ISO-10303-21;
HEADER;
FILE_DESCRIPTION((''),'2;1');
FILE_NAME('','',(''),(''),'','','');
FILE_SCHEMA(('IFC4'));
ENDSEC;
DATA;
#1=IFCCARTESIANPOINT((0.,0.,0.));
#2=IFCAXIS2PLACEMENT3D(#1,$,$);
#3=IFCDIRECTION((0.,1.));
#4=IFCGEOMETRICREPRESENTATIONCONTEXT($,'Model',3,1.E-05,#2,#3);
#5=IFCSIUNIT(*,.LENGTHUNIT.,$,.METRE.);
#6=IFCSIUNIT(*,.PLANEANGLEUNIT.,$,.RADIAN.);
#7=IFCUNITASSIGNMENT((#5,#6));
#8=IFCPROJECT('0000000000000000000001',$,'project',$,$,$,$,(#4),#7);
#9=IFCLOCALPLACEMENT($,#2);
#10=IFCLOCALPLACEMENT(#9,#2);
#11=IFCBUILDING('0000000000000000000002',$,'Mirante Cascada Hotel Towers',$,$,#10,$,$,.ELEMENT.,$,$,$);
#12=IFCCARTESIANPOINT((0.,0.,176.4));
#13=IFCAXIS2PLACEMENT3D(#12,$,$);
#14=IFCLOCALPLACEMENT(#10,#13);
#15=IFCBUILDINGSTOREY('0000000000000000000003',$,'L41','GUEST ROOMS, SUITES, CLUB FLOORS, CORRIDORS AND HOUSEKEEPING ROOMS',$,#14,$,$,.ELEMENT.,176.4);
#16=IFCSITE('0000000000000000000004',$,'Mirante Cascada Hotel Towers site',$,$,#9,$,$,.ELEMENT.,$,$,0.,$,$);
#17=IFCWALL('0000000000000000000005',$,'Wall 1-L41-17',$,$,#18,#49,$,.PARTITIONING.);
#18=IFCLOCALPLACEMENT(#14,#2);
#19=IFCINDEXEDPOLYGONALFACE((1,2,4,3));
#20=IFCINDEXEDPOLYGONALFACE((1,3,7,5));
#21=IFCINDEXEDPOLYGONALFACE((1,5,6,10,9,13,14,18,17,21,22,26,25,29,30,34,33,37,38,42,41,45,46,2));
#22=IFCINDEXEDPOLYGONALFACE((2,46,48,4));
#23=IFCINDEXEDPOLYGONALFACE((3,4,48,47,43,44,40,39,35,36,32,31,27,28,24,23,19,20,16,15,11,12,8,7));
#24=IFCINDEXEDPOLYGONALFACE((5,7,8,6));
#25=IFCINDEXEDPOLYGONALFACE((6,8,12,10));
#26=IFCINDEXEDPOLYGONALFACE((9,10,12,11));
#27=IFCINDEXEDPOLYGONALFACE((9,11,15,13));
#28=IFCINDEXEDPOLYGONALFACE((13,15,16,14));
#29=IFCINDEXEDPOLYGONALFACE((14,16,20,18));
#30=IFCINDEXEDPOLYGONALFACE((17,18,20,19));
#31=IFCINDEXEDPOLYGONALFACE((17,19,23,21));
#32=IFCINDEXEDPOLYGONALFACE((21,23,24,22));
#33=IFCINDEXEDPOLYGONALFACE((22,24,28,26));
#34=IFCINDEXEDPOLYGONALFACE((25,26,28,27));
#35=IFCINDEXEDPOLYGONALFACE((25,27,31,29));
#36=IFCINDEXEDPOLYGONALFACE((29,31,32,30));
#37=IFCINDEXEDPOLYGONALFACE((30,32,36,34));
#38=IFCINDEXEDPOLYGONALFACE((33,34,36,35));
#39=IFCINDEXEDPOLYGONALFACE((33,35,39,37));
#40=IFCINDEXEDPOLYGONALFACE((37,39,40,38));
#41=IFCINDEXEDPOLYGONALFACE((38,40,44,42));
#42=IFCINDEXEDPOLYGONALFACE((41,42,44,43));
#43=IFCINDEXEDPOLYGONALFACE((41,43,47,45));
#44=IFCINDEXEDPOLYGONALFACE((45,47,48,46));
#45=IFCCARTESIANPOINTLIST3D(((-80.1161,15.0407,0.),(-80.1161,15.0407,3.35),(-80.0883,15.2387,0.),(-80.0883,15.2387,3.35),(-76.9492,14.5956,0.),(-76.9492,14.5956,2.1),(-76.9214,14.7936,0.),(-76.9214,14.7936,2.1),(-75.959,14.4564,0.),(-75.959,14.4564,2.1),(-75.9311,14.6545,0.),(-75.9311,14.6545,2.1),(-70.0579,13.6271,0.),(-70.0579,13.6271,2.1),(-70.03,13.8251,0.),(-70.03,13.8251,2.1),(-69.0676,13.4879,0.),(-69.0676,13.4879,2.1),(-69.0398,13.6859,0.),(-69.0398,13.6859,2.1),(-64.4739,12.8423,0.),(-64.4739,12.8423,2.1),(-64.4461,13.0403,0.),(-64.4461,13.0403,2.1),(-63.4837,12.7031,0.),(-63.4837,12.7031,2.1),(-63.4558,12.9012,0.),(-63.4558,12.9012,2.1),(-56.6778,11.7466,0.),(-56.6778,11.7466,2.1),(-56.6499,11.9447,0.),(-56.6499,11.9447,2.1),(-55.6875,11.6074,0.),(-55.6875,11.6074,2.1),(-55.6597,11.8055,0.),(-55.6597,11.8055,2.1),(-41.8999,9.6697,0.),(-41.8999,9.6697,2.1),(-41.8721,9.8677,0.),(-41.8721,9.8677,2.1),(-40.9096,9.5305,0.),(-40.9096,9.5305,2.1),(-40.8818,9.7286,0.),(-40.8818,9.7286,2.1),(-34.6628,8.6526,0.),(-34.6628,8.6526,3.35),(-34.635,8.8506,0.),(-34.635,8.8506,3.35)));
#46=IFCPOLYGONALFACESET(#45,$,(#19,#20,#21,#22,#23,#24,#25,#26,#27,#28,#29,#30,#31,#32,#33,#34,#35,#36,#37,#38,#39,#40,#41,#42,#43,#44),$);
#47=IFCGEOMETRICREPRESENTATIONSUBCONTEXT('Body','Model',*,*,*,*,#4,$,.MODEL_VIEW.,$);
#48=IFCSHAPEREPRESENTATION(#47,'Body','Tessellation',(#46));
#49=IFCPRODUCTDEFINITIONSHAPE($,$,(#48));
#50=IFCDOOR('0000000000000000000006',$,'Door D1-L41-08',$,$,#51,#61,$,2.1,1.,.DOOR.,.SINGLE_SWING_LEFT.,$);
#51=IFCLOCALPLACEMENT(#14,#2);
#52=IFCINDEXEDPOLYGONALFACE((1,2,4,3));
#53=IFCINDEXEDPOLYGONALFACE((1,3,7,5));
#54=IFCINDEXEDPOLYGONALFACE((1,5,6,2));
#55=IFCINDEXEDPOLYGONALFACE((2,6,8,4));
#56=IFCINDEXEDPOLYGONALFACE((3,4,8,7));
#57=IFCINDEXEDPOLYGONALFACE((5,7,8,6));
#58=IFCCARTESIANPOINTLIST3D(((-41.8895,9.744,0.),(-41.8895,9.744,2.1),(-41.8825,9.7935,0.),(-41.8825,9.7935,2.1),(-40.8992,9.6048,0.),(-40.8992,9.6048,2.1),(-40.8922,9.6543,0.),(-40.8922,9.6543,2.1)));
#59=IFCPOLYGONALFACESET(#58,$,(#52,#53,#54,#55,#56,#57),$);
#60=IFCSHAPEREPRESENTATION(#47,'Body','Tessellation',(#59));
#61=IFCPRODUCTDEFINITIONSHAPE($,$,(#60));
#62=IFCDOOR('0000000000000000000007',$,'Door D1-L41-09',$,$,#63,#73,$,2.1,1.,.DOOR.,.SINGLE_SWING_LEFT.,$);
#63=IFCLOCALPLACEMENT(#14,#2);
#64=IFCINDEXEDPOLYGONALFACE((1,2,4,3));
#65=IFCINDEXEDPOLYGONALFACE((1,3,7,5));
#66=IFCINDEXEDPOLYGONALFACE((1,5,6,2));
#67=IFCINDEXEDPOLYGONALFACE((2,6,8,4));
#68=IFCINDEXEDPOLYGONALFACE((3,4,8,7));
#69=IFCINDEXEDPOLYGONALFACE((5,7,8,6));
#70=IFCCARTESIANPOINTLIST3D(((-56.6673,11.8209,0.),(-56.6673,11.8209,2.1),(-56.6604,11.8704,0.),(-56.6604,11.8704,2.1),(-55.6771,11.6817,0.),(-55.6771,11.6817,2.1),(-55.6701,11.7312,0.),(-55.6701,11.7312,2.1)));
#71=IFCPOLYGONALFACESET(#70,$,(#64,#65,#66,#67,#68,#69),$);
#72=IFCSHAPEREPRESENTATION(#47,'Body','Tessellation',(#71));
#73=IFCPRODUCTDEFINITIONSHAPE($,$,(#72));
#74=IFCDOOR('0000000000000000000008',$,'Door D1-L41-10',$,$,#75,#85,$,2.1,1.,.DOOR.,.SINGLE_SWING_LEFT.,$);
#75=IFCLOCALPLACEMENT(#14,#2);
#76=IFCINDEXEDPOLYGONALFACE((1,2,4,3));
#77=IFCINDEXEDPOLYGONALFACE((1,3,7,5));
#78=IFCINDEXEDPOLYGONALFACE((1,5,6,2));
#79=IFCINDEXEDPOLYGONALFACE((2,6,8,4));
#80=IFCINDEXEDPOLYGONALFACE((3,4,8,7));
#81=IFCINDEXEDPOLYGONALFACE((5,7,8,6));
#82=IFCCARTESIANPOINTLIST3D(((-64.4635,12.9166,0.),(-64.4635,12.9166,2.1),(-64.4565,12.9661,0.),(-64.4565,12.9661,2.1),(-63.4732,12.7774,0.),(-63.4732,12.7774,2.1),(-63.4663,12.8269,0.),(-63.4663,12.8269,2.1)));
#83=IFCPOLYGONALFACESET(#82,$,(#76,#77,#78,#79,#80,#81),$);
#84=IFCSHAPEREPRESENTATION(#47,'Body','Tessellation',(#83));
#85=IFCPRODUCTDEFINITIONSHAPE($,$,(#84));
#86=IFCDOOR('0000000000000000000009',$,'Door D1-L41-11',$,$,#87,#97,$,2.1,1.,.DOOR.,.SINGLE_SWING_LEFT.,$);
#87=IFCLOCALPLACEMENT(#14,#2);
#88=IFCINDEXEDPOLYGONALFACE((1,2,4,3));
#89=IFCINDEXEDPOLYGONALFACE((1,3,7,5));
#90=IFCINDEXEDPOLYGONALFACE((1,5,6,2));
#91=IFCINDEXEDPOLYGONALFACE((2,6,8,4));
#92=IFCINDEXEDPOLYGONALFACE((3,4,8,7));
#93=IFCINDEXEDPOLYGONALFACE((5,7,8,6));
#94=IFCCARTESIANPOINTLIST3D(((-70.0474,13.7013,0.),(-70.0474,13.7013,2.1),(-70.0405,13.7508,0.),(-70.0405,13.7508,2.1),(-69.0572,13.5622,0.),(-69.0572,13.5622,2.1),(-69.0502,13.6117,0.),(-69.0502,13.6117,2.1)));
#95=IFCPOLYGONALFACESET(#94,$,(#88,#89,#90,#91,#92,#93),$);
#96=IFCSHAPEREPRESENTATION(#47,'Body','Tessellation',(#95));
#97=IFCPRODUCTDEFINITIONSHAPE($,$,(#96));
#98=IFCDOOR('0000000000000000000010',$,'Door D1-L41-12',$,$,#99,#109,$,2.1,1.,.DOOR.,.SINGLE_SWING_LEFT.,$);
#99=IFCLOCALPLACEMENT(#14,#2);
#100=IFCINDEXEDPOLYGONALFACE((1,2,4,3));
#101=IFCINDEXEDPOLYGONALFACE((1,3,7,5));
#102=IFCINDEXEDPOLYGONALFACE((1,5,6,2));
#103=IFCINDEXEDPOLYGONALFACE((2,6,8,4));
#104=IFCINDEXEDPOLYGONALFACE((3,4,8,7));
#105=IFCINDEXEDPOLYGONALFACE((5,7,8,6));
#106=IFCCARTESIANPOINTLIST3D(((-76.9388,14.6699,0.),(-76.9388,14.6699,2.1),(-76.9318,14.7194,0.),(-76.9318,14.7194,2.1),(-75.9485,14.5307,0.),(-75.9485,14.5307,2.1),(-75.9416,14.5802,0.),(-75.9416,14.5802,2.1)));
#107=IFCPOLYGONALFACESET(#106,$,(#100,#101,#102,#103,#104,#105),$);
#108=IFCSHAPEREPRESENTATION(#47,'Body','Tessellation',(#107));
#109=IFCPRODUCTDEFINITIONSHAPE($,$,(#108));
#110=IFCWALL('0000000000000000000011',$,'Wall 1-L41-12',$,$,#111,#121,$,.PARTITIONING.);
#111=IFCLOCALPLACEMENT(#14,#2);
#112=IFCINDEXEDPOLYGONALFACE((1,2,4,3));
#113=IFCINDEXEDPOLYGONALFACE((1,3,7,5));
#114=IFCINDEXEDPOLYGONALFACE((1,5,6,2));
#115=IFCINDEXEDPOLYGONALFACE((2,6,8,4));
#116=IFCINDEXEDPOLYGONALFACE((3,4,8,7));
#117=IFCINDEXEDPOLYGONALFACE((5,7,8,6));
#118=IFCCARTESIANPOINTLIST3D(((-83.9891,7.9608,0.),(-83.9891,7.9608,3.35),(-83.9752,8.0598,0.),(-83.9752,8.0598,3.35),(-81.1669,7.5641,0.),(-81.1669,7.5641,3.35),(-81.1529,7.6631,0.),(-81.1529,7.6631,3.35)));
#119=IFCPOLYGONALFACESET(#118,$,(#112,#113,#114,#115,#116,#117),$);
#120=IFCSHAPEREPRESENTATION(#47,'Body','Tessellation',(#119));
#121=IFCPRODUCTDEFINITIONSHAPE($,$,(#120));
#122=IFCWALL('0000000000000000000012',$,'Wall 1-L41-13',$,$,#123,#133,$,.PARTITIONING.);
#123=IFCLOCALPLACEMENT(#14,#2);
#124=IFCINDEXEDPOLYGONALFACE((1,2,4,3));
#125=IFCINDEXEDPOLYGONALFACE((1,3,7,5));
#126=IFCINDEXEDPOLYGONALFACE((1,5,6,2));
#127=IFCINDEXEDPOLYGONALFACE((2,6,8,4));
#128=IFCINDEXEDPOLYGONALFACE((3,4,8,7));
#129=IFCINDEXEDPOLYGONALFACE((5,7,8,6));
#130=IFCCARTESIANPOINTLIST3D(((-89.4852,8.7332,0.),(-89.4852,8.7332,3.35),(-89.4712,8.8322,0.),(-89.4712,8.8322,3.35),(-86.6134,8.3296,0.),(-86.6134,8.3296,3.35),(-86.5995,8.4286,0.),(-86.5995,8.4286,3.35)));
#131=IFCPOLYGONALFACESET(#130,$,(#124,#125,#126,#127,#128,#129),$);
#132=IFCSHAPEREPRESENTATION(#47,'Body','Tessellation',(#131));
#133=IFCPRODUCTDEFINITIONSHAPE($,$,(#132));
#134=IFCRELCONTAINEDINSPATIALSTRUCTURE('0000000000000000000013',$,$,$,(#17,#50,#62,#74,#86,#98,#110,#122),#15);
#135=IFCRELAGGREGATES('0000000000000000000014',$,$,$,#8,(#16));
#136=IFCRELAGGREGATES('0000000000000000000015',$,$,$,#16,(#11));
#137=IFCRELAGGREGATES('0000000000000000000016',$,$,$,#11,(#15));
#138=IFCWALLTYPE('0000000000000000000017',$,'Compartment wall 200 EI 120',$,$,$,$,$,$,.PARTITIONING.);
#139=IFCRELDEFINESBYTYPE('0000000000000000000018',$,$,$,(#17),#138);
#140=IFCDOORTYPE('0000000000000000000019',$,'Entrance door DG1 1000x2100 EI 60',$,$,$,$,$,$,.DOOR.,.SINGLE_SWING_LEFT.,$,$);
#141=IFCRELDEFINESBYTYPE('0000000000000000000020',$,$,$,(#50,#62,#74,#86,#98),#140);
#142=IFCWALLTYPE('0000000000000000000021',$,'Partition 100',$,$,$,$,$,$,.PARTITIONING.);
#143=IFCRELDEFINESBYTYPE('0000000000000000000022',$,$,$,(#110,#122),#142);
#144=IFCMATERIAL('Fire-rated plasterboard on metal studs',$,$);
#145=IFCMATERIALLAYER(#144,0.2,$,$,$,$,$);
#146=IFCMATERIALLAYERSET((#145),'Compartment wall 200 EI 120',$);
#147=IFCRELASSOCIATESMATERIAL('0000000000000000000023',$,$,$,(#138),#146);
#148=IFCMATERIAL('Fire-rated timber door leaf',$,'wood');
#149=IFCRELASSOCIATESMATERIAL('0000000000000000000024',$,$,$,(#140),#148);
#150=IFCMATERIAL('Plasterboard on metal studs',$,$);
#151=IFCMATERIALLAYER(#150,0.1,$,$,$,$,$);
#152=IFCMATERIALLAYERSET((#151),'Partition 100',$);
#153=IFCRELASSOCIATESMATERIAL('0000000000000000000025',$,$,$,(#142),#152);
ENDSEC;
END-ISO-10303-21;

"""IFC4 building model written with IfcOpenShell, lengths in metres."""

from ifc_helpers import new_model, si_unit, direction, frame, frame_2d, origin, place, context, subcontext, project, spatial, rectangle, extrude, material, layer, layer_set, type_object, element, fill, save


model = new_model("IFC4")

# Units and contexts
model_context = context("Model", 3, precision=1e-05, world=origin(), true_north=direction((0.0, 1.0)))
body_context = subcontext(model_context, "Body", "Model", "MODEL_VIEW")
ifc_project = project(units=[si_unit("LENGTHUNIT", "METRE"), si_unit("PLANEANGLEUNIT", "RADIAN")], contexts=[model_context])

# Site, building, storey
site_placement = place(None, origin())
site = spatial("IfcSite", under=ifc_project, at=site_placement, Name="Mirante Cascada Hotel Towers site", CompositionType="ELEMENT", RefElevation=0.0)
building_placement = place(site_placement, origin())
building = spatial("IfcBuilding", under=site, at=building_placement, Name="Mirante Cascada Hotel Towers", CompositionType="ELEMENT")
storey_placement = place(building_placement, frame((0.0, 0.0, 176.4)))
storey = spatial("IfcBuildingStorey", under=building, at=storey_placement, Name="L41", Description="GUEST ROOMS, SUITES, CLUB FLOORS, CORRIDORS AND HOUSEKEEPING ROOMS", CompositionType="ELEMENT", Elevation=176.4)

# Wall, openings, doors
ifc_material_1 = material(Name="Fire-rated plasterboard on metal studs")
ifc_layer_1 = layer(ifc_material_1, 0.2)
ifc_layer_set_1 = layer_set([ifc_layer_1], Name="Compartment wall 200 EI 120")
wall_type_1 = type_object("IfcWallType", Name="Compartment wall 200 EI 120", PredefinedType="PARTITIONING", material=ifc_layer_set_1)
wall_1_placement = place(storey_placement, frame((-80.1022, 15.1397, 0.0), z_axis=(0.0, 0.0, 1.0), x_axis=(0.990268, -0.139174, 0.0)))
wall_1 = element("IfcWall", 1, at=wall_1_placement, inside=storey, type_object=wall_type_1, Name="Wall 1-L41-17", PredefinedType="PARTITIONING", context=body_context, shape_type="SweptSolid", body=[
    extrude(rectangle(XDim=45.9, YDim=0.2, at=frame_2d((22.95, 0.0))), origin(), (0.0, 0.0, 1.0), 3.35),
])
opening_1_placement = place(wall_1_placement, frame((38.5918, 0.0, 0.0)))
opening_1 = element("IfcOpeningElement", 2, at=opening_1_placement, cuts=wall_1, PredefinedType="OPENING", context=body_context, shape_type="SweptSolid", body=[
    extrude(rectangle(XDim=1.0, YDim=2.1, at=frame_2d((0.5, 1.05))), frame((0.0, 0.1, 0.0), z_axis=(0.0, -1.0, 0.0), x_axis=(1.0, 0.0, 0.0)), (0.0, 0.0, 1.0), 0.2),
])
opening_2_placement = place(wall_1_placement, frame((23.6687, 0.0, 0.0)))
opening_2 = element("IfcOpeningElement", 3, at=opening_2_placement, cuts=wall_1, PredefinedType="OPENING", context=body_context, shape_type="SweptSolid", body=[
    extrude(rectangle(XDim=1.0, YDim=2.1, at=frame_2d((0.5, 1.05))), frame((0.0, 0.1, 0.0), z_axis=(0.0, -1.0, 0.0), x_axis=(1.0, 0.0, 0.0)), (0.0, 0.0, 1.0), 0.2),
])
opening_3_placement = place(wall_1_placement, frame((15.7959, 0.0, 0.0)))
opening_3 = element("IfcOpeningElement", 4, at=opening_3_placement, cuts=wall_1, PredefinedType="OPENING", context=body_context, shape_type="SweptSolid", body=[
    extrude(rectangle(XDim=1.0, YDim=2.1, at=frame_2d((0.5, 1.05))), frame((0.0, 0.1, 0.0), z_axis=(0.0, -1.0, 0.0), x_axis=(1.0, 0.0, 0.0)), (0.0, 0.0, 1.0), 0.2),
])
opening_4_placement = place(wall_1_placement, frame((10.1571, 0.0, 0.0)))
opening_4 = element("IfcOpeningElement", 5, at=opening_4_placement, cuts=wall_1, PredefinedType="OPENING", context=body_context, shape_type="SweptSolid", body=[
    extrude(rectangle(XDim=1.0, YDim=2.1, at=frame_2d((0.5, 1.05))), frame((0.0, 0.1, 0.0), z_axis=(0.0, -1.0, 0.0), x_axis=(1.0, 0.0, 0.0)), (0.0, 0.0, 1.0), 0.2),
])
opening_5_placement = place(wall_1_placement, frame((3.198, 0.0, 0.0)))
opening_5 = element("IfcOpeningElement", 6, at=opening_5_placement, cuts=wall_1, PredefinedType="OPENING", context=body_context, shape_type="SweptSolid", body=[
    extrude(rectangle(XDim=1.0, YDim=2.1, at=frame_2d((0.5, 1.05))), frame((0.0, 0.1, 0.0), z_axis=(0.0, -1.0, 0.0), x_axis=(1.0, 0.0, 0.0)), (0.0, 0.0, 1.0), 0.2),
])
ifc_material_2 = material(Name="Fire-rated timber door leaf", Category="wood")
door_type_1 = type_object("IfcDoorType", Name="Entrance door DG1 1000x2100 EI 60", OperationType="SINGLE_SWING_LEFT", PredefinedType="DOOR", material=ifc_material_2)
door_1_placement = place(opening_1_placement, origin())
door_1 = element("IfcDoor", 7, at=door_1_placement, inside=storey, type_object=door_type_1, Name="Door D1-L41-08", OperationType="SINGLE_SWING_LEFT", OverallHeight=2.1, OverallWidth=1.0, PredefinedType="DOOR", context=body_context, shape_type="SweptSolid", body=[
    extrude(rectangle(XDim=1.0, YDim=2.1, at=frame_2d((0.5, 1.05))), frame((0.0, 0.025, 0.0), z_axis=(0.0, -1.0, 0.0), x_axis=(1.0, 0.0, 0.0)), (0.0, 0.0, 1.0), 0.05),
])
fill(opening_1, door_1)
door_2_placement = place(opening_2_placement, origin())
door_2 = element("IfcDoor", 8, at=door_2_placement, inside=storey, type_object=door_type_1, Name="Door D1-L41-09", OperationType="SINGLE_SWING_LEFT", OverallHeight=2.1, OverallWidth=1.0, PredefinedType="DOOR", context=body_context, shape_type="SweptSolid", body=[
    extrude(rectangle(XDim=1.0, YDim=2.1, at=frame_2d((0.5, 1.05))), frame((0.0, 0.025, 0.0), z_axis=(0.0, -1.0, 0.0), x_axis=(1.0, 0.0, 0.0)), (0.0, 0.0, 1.0), 0.05),
])
fill(opening_2, door_2)
door_3_placement = place(opening_3_placement, origin())
door_3 = element("IfcDoor", 9, at=door_3_placement, inside=storey, type_object=door_type_1, Name="Door D1-L41-10", OperationType="SINGLE_SWING_LEFT", OverallHeight=2.1, OverallWidth=1.0, PredefinedType="DOOR", context=body_context, shape_type="SweptSolid", body=[
    extrude(rectangle(XDim=1.0, YDim=2.1, at=frame_2d((0.5, 1.05))), frame((0.0, 0.025, 0.0), z_axis=(0.0, -1.0, 0.0), x_axis=(1.0, 0.0, 0.0)), (0.0, 0.0, 1.0), 0.05),
])
fill(opening_3, door_3)
door_4_placement = place(opening_4_placement, origin())
door_4 = element("IfcDoor", 10, at=door_4_placement, inside=storey, type_object=door_type_1, Name="Door D1-L41-11", OperationType="SINGLE_SWING_LEFT", OverallHeight=2.1, OverallWidth=1.0, PredefinedType="DOOR", context=body_context, shape_type="SweptSolid", body=[
    extrude(rectangle(XDim=1.0, YDim=2.1, at=frame_2d((0.5, 1.05))), frame((0.0, 0.025, 0.0), z_axis=(0.0, -1.0, 0.0), x_axis=(1.0, 0.0, 0.0)), (0.0, 0.0, 1.0), 0.05),
])
fill(opening_4, door_4)
door_5_placement = place(opening_5_placement, origin())
door_5 = element("IfcDoor", 11, at=door_5_placement, inside=storey, type_object=door_type_1, Name="Door D1-L41-12", OperationType="SINGLE_SWING_LEFT", OverallHeight=2.1, OverallWidth=1.0, PredefinedType="DOOR", context=body_context, shape_type="SweptSolid", body=[
    extrude(rectangle(XDim=1.0, YDim=2.1, at=frame_2d((0.5, 1.05))), frame((0.0, 0.025, 0.0), z_axis=(0.0, -1.0, 0.0), x_axis=(1.0, 0.0, 0.0)), (0.0, 0.0, 1.0), 0.05),
])
fill(opening_5, door_5)

# Walls
ifc_material_3 = material(Name="Plasterboard on metal studs")
ifc_layer_2 = layer(ifc_material_3, 0.1)
ifc_layer_set_2 = layer_set([ifc_layer_2], Name="Partition 100")
wall_type_2 = type_object("IfcWallType", Name="Partition 100", PredefinedType="PARTITIONING", material=ifc_layer_set_2)
wall_2_placement = place(storey_placement, frame((-81.1599, 7.6136, 0.0), z_axis=(0.0, 0.0, 1.0), x_axis=(-0.990266, 0.139191, 0.0)))
element("IfcWall", 12, at=wall_2_placement, inside=storey, type_object=wall_type_2, Name="Wall 1-L41-12", PredefinedType="PARTITIONING", context=body_context, shape_type="SweptSolid", body=[
    extrude(rectangle(XDim=2.85, YDim=0.1, at=frame_2d((1.425, 0.0))), origin(), (0.0, 0.0, 1.0), 3.35),
])
wall_3_placement = place(storey_placement, frame((-89.4782, 8.7827, 0.0), z_axis=(0.0, 0.0, 1.0), x_axis=(0.990268, -0.139171, 0.0)))
element("IfcWall", 13, at=wall_3_placement, inside=storey, type_object=wall_type_2, Name="Wall 1-L41-13", PredefinedType="PARTITIONING", context=body_context, shape_type="SweptSolid", body=[
    extrude(rectangle(XDim=2.9, YDim=0.1, at=frame_2d((1.45, 0.0))), origin(), (0.0, 0.0, 1.0), 3.35),
])

save(model, "model.ifc")
